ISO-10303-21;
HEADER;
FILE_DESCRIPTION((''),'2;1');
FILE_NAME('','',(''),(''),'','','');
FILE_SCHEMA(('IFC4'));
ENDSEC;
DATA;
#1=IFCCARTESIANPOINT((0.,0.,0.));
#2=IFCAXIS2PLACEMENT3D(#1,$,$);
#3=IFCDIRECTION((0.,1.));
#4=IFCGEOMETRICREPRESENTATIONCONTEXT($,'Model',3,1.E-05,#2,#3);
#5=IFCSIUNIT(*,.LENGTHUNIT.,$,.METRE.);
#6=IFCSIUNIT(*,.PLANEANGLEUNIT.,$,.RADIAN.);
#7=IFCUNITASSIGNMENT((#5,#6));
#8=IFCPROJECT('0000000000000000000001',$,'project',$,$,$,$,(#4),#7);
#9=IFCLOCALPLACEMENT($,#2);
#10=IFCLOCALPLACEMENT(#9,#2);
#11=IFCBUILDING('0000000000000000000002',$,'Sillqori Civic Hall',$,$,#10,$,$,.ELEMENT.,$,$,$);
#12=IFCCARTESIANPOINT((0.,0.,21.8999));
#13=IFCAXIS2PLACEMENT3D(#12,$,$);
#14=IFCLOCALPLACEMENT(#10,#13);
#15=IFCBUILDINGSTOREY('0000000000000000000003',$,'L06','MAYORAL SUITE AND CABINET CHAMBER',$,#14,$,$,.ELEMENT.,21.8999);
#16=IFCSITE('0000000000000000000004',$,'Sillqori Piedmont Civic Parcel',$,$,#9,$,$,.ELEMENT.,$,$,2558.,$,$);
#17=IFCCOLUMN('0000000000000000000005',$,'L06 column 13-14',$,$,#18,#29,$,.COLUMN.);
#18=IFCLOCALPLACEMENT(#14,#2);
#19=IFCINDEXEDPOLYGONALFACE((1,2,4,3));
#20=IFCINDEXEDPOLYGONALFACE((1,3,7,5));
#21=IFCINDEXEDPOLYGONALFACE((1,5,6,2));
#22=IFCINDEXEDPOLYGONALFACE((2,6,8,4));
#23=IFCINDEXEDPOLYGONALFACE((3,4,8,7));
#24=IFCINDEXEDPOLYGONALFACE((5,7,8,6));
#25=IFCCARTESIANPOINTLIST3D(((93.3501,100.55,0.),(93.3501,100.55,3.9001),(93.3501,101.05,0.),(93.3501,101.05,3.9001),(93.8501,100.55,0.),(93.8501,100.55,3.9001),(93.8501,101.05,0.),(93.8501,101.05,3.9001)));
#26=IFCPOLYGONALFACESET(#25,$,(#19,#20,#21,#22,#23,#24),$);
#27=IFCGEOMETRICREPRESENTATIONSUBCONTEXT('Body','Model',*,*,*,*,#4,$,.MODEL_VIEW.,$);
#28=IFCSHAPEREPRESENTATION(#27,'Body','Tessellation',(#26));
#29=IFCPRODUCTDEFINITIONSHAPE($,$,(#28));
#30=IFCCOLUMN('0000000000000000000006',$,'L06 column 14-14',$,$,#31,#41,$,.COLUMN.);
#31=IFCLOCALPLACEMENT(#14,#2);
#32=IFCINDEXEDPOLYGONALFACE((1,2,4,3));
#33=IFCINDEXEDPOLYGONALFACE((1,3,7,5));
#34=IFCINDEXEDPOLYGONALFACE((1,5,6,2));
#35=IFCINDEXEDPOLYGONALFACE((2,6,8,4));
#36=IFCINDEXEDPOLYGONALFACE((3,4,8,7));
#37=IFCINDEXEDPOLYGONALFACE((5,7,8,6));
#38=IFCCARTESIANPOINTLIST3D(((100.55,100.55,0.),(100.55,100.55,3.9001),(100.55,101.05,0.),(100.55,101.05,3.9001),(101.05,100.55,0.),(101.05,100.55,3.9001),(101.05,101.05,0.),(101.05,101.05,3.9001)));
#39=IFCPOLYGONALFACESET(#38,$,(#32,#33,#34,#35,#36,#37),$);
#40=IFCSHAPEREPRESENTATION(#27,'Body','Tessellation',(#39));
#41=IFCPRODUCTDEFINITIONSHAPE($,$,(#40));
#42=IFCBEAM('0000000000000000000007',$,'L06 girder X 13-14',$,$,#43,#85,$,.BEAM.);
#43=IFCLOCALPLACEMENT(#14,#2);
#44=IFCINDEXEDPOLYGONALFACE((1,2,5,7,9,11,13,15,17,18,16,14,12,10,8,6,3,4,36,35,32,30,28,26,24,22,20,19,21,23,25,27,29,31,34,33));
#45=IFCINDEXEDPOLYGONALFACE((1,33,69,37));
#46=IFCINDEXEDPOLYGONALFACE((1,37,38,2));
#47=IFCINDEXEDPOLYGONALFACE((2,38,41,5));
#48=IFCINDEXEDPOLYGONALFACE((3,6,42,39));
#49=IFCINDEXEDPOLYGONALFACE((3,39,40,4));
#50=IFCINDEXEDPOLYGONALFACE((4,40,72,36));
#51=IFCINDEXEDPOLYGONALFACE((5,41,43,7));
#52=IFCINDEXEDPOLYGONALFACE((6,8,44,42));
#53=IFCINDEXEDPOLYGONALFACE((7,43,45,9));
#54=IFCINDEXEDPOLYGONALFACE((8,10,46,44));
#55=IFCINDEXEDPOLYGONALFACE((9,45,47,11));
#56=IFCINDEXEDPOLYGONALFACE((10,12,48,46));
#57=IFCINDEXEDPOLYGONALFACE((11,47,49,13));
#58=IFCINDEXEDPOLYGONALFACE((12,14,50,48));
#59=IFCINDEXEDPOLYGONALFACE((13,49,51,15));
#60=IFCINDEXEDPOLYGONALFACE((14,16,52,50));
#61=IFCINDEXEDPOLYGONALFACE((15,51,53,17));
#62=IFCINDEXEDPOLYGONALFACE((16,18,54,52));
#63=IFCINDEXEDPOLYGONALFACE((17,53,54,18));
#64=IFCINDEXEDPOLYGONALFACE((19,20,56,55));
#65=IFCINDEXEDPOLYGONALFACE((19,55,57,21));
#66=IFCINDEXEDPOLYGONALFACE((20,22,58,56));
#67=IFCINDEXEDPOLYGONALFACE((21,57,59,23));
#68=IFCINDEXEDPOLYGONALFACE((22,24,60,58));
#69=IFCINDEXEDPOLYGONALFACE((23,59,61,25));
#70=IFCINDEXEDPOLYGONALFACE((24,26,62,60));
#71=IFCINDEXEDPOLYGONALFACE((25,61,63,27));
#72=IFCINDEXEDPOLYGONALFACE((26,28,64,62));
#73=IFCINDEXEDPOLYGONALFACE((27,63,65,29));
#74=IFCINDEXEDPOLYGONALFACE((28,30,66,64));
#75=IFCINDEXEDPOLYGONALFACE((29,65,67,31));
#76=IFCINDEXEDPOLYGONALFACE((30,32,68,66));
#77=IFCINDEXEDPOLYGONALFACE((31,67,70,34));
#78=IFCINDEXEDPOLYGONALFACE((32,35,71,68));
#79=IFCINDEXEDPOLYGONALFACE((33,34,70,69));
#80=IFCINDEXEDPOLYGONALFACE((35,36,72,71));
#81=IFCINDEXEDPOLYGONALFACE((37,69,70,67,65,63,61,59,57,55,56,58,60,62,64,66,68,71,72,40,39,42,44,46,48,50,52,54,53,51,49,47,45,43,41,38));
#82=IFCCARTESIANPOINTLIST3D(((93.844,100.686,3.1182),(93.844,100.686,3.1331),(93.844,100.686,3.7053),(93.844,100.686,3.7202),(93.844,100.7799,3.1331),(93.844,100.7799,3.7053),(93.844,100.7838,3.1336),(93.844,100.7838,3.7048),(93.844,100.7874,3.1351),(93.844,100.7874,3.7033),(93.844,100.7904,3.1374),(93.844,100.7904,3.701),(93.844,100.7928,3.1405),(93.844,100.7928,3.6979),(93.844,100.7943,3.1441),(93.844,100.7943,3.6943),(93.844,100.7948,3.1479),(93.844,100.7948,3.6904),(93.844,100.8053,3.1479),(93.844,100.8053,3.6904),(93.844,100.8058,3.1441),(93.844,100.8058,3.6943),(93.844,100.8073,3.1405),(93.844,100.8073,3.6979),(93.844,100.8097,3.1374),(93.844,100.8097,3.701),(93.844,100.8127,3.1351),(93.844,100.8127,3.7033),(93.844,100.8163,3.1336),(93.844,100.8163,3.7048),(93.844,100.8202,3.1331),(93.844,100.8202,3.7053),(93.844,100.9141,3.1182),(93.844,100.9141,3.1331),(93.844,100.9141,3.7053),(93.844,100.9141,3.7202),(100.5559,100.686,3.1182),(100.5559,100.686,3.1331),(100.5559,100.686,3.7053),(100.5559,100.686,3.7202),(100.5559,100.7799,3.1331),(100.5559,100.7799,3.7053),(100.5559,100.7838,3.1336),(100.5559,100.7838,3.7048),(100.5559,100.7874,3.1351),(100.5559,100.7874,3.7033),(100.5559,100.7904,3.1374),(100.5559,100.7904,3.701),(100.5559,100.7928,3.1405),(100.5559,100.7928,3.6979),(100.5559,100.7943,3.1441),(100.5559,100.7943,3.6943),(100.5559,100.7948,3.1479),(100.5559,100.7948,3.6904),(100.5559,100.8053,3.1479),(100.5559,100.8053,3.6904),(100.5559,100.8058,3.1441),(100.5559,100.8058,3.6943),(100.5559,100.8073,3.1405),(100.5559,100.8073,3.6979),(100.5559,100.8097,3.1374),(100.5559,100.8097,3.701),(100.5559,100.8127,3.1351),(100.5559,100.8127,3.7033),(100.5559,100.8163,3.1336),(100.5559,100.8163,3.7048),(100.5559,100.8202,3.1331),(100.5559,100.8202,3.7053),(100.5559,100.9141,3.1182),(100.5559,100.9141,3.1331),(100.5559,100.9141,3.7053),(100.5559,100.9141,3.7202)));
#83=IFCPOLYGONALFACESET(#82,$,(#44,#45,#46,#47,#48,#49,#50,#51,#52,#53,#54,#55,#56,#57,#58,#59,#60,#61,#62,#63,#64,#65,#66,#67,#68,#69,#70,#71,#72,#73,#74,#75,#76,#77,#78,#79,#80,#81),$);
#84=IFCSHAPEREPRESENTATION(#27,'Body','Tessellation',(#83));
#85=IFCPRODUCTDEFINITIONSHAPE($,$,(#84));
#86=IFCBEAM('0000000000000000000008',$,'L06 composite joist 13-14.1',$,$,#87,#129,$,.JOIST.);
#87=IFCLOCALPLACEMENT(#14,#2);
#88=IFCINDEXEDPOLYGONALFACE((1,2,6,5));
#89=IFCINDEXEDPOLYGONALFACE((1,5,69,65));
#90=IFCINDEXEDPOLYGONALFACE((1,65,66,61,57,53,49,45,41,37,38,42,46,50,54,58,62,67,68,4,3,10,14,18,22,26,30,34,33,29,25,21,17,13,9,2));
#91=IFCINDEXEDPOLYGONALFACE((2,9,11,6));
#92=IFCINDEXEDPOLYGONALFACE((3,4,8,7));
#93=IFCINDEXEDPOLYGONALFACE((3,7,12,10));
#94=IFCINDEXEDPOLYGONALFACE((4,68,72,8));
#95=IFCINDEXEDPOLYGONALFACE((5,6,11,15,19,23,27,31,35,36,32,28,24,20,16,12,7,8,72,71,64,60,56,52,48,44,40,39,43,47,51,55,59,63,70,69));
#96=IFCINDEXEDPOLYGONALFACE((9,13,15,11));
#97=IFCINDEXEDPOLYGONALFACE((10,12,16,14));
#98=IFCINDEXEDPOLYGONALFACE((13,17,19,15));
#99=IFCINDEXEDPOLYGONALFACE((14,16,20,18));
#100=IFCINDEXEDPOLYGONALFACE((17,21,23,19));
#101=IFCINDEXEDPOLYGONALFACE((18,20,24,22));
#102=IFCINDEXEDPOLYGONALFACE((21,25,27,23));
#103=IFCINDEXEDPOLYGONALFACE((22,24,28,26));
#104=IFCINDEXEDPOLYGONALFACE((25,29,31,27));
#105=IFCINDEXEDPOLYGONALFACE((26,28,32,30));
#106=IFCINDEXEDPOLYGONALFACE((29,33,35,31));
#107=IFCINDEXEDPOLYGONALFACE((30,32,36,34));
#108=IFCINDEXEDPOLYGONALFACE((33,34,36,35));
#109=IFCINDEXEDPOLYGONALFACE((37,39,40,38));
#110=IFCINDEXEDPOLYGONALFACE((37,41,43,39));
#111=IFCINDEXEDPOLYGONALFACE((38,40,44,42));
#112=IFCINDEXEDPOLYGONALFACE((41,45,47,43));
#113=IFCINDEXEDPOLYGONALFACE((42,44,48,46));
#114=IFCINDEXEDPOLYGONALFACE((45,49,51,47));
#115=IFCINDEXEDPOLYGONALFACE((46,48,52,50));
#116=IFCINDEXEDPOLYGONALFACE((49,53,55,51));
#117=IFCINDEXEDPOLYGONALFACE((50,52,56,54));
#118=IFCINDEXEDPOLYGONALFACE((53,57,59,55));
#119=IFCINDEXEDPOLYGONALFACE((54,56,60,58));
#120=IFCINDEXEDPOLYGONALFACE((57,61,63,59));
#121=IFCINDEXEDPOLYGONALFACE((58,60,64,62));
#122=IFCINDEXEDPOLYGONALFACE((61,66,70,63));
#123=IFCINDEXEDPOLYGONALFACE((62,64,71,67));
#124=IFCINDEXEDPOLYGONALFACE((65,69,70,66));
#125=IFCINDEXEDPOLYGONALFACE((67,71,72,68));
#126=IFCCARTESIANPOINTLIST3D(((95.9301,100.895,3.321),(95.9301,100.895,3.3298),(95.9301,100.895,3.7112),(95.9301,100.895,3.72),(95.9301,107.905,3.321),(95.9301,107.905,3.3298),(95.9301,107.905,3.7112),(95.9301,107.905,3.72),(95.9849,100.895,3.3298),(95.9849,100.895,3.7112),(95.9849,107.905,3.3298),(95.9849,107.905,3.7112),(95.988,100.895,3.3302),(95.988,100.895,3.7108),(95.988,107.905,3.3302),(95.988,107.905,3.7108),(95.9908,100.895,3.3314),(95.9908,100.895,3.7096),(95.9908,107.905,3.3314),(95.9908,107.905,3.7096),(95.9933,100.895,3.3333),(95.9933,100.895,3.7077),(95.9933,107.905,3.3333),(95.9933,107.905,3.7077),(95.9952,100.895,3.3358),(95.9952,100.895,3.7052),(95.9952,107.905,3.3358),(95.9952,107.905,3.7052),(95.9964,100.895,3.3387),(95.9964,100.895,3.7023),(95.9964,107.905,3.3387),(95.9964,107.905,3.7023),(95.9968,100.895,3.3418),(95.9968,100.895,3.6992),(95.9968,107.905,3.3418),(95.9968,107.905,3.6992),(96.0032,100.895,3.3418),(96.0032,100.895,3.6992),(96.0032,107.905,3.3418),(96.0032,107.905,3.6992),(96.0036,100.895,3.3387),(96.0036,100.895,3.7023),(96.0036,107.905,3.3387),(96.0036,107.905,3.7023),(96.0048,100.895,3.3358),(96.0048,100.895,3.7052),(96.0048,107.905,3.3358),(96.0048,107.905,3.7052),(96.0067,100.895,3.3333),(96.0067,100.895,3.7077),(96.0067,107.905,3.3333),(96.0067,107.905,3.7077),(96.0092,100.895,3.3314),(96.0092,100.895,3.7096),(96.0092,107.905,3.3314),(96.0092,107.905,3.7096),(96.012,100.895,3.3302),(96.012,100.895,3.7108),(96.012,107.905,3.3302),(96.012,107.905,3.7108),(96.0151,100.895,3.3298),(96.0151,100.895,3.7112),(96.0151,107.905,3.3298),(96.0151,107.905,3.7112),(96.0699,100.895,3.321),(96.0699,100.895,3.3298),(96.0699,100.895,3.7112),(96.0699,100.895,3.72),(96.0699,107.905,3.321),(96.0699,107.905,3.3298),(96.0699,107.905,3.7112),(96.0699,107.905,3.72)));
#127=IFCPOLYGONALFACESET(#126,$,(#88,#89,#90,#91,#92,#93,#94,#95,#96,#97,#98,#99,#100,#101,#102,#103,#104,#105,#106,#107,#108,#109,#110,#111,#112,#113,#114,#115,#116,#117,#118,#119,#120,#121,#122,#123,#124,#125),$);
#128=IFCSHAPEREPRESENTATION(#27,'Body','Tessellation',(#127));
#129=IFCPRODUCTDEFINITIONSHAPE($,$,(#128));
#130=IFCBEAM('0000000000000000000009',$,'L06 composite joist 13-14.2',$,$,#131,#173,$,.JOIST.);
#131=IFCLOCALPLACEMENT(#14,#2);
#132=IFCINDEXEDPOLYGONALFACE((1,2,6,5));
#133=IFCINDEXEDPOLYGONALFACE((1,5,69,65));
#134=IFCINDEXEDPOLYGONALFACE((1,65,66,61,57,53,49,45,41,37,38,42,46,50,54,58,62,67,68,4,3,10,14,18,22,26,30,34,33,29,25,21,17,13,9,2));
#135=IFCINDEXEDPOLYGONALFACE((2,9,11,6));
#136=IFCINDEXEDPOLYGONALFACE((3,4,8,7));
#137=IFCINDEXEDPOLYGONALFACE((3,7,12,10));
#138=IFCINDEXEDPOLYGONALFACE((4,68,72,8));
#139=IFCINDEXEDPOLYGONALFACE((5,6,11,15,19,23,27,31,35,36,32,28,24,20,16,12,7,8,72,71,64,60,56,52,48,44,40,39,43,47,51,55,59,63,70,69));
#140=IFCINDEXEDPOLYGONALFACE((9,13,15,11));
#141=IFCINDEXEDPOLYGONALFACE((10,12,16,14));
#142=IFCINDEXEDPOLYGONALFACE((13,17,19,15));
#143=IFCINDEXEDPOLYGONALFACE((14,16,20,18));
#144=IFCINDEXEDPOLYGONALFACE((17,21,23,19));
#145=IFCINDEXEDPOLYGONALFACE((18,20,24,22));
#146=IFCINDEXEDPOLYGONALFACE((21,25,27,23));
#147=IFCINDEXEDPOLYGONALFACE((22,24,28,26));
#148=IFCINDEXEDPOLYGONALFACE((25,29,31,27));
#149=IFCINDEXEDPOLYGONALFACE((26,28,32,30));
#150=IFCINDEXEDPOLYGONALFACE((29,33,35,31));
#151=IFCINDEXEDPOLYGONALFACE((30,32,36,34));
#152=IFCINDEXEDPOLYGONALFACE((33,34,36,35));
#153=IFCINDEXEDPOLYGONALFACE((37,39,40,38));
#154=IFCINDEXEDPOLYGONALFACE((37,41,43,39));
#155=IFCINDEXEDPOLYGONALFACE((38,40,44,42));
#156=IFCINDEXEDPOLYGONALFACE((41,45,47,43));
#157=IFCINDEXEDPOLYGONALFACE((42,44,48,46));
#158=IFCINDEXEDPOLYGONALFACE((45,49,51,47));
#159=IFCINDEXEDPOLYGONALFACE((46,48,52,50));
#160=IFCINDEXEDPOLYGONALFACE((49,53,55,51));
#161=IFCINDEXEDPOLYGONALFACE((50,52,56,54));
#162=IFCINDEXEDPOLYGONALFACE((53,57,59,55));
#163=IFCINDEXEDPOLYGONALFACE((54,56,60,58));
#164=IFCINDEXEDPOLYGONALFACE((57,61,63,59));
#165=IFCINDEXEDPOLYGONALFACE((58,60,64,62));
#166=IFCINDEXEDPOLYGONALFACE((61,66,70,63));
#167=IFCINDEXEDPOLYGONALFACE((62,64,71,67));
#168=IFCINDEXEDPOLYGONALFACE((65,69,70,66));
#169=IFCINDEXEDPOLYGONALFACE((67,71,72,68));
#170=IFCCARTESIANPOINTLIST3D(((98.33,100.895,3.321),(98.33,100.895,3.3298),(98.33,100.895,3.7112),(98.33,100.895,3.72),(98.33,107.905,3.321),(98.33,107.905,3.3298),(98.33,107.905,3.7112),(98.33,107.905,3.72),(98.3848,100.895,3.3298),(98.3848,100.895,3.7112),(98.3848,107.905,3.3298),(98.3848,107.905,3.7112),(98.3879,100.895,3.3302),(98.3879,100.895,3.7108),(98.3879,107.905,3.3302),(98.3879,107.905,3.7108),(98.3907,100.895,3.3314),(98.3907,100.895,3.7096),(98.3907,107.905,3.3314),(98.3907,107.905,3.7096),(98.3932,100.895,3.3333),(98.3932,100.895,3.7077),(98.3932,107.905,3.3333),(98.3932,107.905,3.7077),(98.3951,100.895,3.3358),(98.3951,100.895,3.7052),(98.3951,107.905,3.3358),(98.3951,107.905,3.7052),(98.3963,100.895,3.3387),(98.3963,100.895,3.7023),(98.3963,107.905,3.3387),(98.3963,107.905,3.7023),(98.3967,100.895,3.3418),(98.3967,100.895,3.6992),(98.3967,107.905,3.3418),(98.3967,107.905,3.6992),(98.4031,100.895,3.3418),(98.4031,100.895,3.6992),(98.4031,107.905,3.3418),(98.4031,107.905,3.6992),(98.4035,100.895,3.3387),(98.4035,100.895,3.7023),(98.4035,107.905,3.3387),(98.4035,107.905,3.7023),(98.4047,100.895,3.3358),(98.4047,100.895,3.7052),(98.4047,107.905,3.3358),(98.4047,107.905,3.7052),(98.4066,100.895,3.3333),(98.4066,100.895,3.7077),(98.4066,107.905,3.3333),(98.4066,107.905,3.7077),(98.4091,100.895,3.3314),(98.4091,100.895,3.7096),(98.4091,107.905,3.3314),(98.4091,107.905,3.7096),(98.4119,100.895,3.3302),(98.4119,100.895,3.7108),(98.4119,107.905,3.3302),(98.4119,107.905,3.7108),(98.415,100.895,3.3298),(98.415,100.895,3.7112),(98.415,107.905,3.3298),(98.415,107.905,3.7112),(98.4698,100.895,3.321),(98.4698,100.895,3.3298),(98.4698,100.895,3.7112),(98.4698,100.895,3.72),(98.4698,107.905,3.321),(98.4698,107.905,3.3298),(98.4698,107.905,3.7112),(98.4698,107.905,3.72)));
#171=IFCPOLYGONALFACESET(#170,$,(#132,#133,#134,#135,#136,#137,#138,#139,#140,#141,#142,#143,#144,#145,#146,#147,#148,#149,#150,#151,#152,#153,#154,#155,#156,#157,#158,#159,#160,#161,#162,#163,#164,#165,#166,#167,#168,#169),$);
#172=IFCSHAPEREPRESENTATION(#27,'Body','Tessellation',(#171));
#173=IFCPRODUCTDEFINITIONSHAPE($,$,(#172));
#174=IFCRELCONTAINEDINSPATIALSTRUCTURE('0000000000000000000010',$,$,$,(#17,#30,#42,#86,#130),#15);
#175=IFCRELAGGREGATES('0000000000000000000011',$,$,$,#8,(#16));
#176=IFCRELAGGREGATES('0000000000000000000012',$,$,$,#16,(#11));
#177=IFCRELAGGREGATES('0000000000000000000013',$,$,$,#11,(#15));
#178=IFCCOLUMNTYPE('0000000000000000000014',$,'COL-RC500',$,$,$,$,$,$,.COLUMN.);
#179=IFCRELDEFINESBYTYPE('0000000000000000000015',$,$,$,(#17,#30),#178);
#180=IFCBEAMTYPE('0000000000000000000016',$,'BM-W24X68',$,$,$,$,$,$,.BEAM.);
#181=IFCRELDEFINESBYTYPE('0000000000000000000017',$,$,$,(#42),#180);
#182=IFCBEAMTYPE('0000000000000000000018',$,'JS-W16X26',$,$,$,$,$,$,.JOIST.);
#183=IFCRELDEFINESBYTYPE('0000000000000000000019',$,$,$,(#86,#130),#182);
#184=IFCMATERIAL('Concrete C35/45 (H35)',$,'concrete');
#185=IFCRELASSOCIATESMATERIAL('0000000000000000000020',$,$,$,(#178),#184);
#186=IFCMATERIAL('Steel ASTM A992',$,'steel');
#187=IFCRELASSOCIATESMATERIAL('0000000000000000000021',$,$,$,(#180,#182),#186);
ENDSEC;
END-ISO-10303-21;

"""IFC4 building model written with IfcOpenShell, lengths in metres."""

from ifc_helpers import new_model, si_unit, direction, frame, origin, origin_2d, place, context, subcontext, project, spatial, rectangle, i_section, extrude, material, material_profile, profile_set, type_object, element, save


model = new_model("IFC4")

# Units and contexts
model_context = context("Model", 3, precision=1e-05, world=origin(), true_north=direction((0.0, 1.0)))
body_context = subcontext(model_context, "Body", "Model", "MODEL_VIEW")
ifc_project = project(units=[si_unit("LENGTHUNIT", "METRE"), si_unit("PLANEANGLEUNIT", "RADIAN")], contexts=[model_context])

# Site, building, storey
site_placement = place(None, origin())
site = spatial("IfcSite", under=ifc_project, at=site_placement, Name="Sillqori Piedmont Civic Parcel", CompositionType="ELEMENT", RefElevation=2558.0)
building_placement = place(site_placement, origin())
building = spatial("IfcBuilding", under=site, at=building_placement, Name="Sillqori Civic Hall", CompositionType="ELEMENT")
storey_placement = place(building_placement, frame((0.0, 0.0, 21.8999)))
storey = spatial("IfcBuildingStorey", under=building, at=storey_placement, Name="L06", Description="MAYORAL SUITE AND CABINET CHAMBER", CompositionType="ELEMENT", Elevation=21.8999)

# Columns
ifc_material_1 = material(Name="Concrete C35/45 (H35)", Category="concrete")
ifc_material_profile_1 = material_profile(ifc_material_1, rectangle(XDim=0.5, YDim=0.5, at=origin_2d()), Name="RC 500x500")
ifc_profile_set_1 = profile_set([ifc_material_profile_1], Name="Concrete C35/45 (H35)")
column_type = type_object("IfcColumnType", Name="COL-RC500", PredefinedType="COLUMN", material=ifc_profile_set_1)
for number, where, z_axis, x_axis, name in (
    (1, (93.6001, 100.8, 0.0), (0.0, 0.0, 1.0), (1.0, 0.0, 0.0), "L06 column 13-14"),
    (2, (100.8, 100.8, 0.0), (0.0, 0.0, 1.0), (1.0, 0.0, 0.0), "L06 column 14-14"),
):
    element("IfcColumn", number, at=place(storey_placement, frame(where, z_axis=z_axis, x_axis=x_axis)), inside=storey, type_object=column_type, Name=name, PredefinedType="COLUMN", context=body_context, shape_type="SweptSolid", body=[
        extrude(rectangle(XDim=0.5, YDim=0.5, at=origin_2d()), origin(), (0.0, 0.0, 1.0), 3.9001),
    ])

# Beams
ifc_material_2 = material(Name="Steel ASTM A992", Category="steel")
ifc_material_profile_2 = material_profile(ifc_material_2, i_section(OverallWidth=0.228, OverallDepth=0.6021, WebThickness=0.0105, FlangeThickness=0.0149, FilletRadius=0.0149, at=origin_2d()), Name="W24X68")
ifc_profile_set_2 = profile_set([ifc_material_profile_2], Name="Steel ASTM A992")
beam_type_1 = type_object("IfcBeamType", Name="BM-W24X68", PredefinedType="BEAM", material=ifc_profile_set_2)
beam_placement = place(storey_placement, frame((93.844, 100.8, 3.4192), z_axis=(1.0, 0.0, 0.0), x_axis=(0.0, 1.0, 0.0)))
element("IfcBeam", 3, at=beam_placement, inside=storey, type_object=beam_type_1, Name="L06 girder X 13-14", PredefinedType="BEAM", context=body_context, shape_type="SweptSolid", body=[
    extrude(i_section(OverallWidth=0.228, OverallDepth=0.6021, WebThickness=0.0105, FlangeThickness=0.0149, FilletRadius=0.0149, at=origin_2d()), origin(), (0.0, 0.0, 1.0), 6.7119),
])
ifc_material_profile_3 = material_profile(ifc_material_2, i_section(OverallWidth=0.1399, OverallDepth=0.3989, WebThickness=0.0063, FlangeThickness=0.0088, FilletRadius=0.012, at=origin_2d()), Name="W16X26")
ifc_profile_set_3 = profile_set([ifc_material_profile_3], Name="Steel ASTM A992")
beam_type_2 = type_object("IfcBeamType", Name="JS-W16X26", PredefinedType="JOIST", material=ifc_profile_set_3)
for number, where, z_axis, x_axis, name in (
    (4, (96.0, 100.895, 3.5205), (0.0, 1.0, 0.0), (-1.0, 0.0, 0.0), "L06 composite joist 13-14.1"),
    (5, (98.3999, 100.895, 3.5205), (0.0, 1.0, 0.0), (-1.0, 0.0, 0.0), "L06 composite joist 13-14.2"),
):
    element("IfcBeam", number, at=place(storey_placement, frame(where, z_axis=z_axis, x_axis=x_axis)), inside=storey, type_object=beam_type_2, Name=name, PredefinedType="JOIST", context=body_context, shape_type="SweptSolid", body=[
        extrude(i_section(OverallWidth=0.1399, OverallDepth=0.3989, WebThickness=0.0063, FlangeThickness=0.0088, FilletRadius=0.012, at=origin_2d()), origin(), (0.0, 0.0, 1.0), 7.01),
    ])

save(model, "model.ifc")
